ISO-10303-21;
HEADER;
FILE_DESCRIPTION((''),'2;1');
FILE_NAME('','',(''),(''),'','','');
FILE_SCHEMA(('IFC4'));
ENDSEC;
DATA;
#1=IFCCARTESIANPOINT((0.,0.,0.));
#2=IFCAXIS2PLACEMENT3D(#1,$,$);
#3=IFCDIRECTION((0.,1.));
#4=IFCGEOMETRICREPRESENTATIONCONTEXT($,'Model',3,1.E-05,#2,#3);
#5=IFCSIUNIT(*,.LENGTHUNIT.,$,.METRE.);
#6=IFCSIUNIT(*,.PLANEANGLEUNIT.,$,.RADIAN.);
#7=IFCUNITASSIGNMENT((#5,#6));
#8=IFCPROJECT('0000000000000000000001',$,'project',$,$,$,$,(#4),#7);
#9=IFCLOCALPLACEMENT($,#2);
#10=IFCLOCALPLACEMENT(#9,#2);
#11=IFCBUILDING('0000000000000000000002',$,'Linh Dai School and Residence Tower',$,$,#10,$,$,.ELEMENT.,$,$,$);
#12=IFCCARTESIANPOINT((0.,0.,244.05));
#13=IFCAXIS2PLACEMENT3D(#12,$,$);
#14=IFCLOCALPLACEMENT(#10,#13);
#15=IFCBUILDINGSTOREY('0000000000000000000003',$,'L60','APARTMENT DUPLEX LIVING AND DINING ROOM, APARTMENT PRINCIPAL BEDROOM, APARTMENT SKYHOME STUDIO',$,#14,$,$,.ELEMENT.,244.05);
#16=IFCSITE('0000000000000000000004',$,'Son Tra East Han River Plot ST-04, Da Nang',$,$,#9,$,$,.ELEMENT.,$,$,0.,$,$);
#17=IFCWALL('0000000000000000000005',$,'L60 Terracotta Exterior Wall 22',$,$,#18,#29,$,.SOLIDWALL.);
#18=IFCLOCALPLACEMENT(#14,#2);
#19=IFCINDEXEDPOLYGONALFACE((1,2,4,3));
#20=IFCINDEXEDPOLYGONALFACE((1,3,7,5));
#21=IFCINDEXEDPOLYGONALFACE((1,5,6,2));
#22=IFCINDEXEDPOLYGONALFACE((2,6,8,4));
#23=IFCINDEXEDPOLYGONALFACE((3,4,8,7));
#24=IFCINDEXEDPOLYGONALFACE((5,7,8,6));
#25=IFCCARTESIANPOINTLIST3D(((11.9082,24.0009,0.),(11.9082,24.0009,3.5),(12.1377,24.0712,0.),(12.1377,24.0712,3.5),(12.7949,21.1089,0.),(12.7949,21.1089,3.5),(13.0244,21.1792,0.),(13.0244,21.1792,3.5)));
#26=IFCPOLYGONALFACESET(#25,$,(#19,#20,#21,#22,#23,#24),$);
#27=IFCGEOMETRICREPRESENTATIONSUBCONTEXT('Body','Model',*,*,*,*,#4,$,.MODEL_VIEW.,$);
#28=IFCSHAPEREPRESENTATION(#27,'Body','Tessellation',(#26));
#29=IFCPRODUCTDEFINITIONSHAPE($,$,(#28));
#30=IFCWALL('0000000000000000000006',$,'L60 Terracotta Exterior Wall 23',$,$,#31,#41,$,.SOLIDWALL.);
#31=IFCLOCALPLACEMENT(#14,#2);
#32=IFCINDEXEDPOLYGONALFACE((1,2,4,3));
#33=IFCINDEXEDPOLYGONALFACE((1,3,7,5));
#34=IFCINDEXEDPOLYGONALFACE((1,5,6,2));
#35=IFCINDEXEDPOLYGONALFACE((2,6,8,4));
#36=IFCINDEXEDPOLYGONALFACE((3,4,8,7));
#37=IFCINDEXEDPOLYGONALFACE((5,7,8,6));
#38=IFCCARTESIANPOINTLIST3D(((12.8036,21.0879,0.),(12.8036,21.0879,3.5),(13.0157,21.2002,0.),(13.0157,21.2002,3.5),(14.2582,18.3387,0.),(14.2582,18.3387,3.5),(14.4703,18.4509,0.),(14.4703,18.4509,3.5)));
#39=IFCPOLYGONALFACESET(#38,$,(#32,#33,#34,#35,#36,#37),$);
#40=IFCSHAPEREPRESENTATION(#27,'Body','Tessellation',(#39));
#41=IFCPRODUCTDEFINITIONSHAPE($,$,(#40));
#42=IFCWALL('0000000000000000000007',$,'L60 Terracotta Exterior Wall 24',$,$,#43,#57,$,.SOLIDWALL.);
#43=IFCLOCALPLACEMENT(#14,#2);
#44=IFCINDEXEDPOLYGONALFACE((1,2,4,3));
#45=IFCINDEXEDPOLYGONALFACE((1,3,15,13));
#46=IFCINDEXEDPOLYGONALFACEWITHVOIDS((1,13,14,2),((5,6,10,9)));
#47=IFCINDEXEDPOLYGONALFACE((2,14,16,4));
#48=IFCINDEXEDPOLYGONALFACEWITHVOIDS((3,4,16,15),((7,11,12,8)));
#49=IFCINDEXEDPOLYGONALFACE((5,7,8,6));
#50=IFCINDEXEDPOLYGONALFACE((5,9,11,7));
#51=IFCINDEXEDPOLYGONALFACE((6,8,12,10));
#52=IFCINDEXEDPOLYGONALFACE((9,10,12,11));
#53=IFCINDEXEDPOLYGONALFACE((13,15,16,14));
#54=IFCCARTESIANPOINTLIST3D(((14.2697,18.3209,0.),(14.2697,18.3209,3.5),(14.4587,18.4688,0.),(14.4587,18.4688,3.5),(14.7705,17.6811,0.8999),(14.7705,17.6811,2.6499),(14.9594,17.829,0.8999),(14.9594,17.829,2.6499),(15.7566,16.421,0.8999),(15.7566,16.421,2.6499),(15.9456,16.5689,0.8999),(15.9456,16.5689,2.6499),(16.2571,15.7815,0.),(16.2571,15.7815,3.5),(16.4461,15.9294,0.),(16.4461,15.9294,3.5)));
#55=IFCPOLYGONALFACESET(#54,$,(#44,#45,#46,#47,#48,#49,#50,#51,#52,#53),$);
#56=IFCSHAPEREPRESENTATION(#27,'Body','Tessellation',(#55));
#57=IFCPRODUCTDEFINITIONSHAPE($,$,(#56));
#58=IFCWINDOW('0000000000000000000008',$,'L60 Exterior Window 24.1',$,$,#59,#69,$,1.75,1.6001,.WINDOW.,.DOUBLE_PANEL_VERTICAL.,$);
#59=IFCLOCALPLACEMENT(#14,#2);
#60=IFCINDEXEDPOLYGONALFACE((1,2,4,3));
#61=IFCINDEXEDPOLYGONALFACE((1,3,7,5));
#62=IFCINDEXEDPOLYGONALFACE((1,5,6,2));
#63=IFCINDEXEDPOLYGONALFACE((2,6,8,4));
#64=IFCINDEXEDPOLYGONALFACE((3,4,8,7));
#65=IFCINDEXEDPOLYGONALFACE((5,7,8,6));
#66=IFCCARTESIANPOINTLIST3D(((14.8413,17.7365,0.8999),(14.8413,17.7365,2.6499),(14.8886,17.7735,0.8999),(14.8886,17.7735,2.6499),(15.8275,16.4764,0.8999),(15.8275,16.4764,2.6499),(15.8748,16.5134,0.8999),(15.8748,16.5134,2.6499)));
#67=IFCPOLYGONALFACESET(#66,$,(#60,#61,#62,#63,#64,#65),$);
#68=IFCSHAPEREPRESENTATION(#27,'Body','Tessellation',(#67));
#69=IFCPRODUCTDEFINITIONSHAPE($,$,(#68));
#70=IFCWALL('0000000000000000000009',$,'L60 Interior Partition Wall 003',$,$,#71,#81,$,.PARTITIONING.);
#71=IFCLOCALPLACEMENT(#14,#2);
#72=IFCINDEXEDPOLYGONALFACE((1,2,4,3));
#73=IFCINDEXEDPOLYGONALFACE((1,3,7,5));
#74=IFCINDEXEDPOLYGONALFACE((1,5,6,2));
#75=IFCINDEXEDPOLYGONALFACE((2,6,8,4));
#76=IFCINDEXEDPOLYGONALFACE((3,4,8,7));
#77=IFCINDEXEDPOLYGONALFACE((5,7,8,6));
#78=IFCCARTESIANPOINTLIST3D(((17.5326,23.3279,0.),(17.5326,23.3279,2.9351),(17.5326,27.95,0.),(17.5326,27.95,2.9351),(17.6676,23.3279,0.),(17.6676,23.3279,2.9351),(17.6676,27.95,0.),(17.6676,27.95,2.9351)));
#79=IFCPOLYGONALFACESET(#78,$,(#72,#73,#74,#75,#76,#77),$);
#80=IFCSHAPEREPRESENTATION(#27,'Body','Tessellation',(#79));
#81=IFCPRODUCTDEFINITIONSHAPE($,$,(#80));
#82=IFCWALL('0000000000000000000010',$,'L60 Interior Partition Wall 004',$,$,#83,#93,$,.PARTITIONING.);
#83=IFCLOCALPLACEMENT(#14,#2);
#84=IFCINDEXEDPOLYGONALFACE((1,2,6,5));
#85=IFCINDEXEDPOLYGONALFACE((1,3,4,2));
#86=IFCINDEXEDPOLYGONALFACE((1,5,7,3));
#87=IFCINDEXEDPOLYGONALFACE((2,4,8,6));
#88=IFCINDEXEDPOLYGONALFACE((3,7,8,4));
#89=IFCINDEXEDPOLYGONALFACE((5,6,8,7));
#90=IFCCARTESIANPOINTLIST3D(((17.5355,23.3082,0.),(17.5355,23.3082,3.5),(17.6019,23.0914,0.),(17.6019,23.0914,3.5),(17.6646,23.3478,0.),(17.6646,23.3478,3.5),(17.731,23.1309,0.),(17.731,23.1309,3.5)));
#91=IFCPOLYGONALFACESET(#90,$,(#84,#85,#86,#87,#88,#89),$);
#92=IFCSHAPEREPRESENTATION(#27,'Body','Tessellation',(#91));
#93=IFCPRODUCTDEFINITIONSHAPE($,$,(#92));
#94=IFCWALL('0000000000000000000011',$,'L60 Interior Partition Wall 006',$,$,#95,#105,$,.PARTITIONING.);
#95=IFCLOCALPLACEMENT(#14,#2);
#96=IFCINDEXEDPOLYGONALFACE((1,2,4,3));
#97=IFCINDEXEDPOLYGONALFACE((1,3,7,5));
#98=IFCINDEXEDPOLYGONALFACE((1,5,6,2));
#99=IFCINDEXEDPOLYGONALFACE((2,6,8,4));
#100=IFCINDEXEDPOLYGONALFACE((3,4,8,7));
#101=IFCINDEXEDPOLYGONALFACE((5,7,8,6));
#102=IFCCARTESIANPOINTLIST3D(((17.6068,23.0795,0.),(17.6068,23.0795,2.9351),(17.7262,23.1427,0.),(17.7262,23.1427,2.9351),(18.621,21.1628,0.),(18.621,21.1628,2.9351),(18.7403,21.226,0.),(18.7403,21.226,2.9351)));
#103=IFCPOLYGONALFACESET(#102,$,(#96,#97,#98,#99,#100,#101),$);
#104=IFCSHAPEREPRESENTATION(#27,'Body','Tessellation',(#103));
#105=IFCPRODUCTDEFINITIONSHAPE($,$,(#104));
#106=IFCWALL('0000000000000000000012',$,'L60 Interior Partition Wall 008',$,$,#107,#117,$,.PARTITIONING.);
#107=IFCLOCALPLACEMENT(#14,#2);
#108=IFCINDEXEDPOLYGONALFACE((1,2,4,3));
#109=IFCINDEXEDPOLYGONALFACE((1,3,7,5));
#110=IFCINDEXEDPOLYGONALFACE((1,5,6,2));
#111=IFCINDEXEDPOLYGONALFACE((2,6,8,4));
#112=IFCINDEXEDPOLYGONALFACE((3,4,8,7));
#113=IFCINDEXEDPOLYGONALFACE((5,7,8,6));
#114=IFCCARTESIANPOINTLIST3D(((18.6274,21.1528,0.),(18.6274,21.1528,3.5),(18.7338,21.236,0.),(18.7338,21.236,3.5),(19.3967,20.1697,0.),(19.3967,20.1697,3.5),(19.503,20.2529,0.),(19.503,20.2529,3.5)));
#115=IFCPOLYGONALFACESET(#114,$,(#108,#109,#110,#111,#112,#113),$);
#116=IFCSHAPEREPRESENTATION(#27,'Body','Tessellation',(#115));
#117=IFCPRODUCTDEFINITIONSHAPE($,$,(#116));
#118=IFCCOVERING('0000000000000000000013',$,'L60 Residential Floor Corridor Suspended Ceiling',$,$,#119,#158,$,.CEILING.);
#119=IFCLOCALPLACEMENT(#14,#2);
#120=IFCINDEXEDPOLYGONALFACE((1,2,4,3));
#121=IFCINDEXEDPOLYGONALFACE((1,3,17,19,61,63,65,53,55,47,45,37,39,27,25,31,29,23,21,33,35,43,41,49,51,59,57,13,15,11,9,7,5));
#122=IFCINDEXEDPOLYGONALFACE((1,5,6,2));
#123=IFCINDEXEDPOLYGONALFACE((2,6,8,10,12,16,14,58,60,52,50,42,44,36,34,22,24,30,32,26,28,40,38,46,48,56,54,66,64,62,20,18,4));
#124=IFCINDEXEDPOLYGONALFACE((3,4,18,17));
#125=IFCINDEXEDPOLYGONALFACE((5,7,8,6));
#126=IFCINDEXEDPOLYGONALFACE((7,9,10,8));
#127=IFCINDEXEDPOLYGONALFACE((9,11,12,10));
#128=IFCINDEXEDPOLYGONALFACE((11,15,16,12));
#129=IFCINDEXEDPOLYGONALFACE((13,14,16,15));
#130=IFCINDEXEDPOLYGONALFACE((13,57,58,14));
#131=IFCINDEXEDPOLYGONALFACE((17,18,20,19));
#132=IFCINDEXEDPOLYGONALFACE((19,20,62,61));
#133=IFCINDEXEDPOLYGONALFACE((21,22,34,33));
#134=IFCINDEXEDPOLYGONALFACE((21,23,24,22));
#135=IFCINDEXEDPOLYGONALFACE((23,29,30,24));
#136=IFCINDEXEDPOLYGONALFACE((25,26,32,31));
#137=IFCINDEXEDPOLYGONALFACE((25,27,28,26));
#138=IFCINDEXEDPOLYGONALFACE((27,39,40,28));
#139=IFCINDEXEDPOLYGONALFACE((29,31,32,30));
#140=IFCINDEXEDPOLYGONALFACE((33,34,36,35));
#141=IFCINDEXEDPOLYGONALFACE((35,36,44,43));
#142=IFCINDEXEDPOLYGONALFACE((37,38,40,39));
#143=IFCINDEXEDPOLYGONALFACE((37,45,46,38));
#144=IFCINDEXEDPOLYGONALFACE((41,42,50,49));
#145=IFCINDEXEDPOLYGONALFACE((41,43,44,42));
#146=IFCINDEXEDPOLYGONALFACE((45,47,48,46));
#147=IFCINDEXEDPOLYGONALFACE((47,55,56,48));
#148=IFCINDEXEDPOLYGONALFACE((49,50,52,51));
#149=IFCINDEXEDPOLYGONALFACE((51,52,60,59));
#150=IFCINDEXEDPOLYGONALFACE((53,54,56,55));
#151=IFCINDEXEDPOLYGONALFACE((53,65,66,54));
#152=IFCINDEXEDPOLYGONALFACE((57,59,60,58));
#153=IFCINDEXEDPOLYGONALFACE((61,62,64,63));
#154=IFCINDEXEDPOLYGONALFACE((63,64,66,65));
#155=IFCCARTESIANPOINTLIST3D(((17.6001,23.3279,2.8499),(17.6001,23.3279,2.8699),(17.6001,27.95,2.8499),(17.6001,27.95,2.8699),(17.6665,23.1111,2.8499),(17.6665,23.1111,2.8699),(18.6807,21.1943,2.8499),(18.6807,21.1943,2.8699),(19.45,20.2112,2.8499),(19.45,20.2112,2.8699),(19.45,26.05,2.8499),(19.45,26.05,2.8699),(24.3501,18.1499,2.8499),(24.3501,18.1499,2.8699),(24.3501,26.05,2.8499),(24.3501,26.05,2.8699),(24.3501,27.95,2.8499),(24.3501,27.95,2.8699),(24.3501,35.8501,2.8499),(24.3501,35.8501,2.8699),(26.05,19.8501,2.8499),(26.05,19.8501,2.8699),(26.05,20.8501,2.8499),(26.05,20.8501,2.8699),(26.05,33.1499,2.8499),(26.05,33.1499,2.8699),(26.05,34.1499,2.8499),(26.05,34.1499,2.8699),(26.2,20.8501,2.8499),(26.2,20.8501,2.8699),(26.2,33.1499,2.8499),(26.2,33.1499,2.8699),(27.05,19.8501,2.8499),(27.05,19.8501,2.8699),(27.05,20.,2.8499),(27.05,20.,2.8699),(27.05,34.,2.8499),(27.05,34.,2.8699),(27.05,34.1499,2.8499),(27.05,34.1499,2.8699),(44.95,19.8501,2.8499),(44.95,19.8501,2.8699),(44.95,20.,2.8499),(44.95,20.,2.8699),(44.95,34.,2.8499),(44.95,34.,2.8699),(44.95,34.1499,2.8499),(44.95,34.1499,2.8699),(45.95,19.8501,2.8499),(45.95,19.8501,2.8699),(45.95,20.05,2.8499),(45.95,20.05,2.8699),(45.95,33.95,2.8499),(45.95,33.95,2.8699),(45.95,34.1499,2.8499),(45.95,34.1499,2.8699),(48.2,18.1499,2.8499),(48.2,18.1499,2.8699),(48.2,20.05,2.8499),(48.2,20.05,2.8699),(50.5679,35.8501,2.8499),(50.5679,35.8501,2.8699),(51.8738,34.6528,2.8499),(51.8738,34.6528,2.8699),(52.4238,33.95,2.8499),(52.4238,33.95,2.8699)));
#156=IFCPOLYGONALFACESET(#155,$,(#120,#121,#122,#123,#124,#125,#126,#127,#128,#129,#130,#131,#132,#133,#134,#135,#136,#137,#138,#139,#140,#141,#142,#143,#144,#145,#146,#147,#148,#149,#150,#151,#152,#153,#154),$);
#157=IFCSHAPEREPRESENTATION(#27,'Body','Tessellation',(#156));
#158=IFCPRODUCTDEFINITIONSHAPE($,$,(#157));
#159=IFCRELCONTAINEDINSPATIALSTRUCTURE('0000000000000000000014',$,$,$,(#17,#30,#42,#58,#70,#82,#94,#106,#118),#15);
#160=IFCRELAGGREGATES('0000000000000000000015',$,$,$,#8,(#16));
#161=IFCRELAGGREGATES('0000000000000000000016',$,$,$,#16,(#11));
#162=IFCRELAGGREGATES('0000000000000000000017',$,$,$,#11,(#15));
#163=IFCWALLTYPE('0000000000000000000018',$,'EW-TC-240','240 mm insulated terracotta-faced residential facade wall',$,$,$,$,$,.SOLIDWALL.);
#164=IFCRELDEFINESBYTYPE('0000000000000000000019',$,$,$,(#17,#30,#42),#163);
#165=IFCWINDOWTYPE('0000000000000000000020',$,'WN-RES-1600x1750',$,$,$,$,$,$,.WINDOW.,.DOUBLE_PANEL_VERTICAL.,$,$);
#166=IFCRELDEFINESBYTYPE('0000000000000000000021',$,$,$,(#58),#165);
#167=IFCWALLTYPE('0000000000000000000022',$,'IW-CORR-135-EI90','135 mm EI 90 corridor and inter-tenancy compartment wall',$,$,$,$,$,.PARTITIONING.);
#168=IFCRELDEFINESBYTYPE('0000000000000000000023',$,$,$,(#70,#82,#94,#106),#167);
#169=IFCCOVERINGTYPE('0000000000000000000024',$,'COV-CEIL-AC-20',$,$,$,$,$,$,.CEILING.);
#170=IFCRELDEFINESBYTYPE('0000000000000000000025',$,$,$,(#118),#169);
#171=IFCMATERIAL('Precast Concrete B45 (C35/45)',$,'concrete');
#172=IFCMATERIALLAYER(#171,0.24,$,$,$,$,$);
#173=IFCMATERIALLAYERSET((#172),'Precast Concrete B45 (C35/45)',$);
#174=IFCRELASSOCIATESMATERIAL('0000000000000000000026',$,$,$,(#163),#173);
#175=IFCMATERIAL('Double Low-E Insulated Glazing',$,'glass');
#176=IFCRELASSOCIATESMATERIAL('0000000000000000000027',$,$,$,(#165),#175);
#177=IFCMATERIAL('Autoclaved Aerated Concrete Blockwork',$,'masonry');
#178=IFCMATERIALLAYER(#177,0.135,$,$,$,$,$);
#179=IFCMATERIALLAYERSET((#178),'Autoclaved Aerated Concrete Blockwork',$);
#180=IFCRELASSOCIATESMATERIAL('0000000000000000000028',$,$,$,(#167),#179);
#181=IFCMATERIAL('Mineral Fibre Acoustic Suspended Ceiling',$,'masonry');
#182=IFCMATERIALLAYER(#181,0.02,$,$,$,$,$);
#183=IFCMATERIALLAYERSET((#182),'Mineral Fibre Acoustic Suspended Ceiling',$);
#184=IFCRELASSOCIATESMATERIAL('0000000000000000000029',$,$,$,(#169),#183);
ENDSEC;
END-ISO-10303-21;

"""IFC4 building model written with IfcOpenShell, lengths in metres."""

from ifc_helpers import new_model, si_unit, direction, frame, frame_2d, origin, origin_2d, place, context, subcontext, project, spatial, polyline, rectangle, outline, extrude, source, transform, mapped, material, layer, layer_set, type_object, element, fill, save


model = new_model("IFC4")

# Units and contexts
model_context = context("Model", 3, precision=1e-05, world=origin(), true_north=direction((0.0, 1.0)))
body_context = subcontext(model_context, "Body", "Model", "MODEL_VIEW")
ifc_project = project(units=[si_unit("LENGTHUNIT", "METRE"), si_unit("PLANEANGLEUNIT", "RADIAN")], contexts=[model_context])

# Site, building, storey
site_placement = place(None, origin())
site = spatial("IfcSite", under=ifc_project, at=site_placement, Name="Son Tra East Han River Plot ST-04, Da Nang", CompositionType="ELEMENT", RefElevation=0.0)
building_placement = place(site_placement, origin())
building = spatial("IfcBuilding", under=site, at=building_placement, Name="Linh Dai School and Residence Tower", CompositionType="ELEMENT")
storey_placement = place(building_placement, frame((0.0, 0.0, 244.05)))
storey = spatial("IfcBuildingStorey", under=building, at=storey_placement, Name="L60", Description="APARTMENT DUPLEX LIVING AND DINING ROOM, APARTMENT PRINCIPAL BEDROOM, APARTMENT SKYHOME STUDIO", CompositionType="ELEMENT", Elevation=244.05)

# Shared definitions
ifc_material_1 = material(Name="Precast Concrete B45 (C35/45)", Category="concrete")

# Walls
ifc_layer_1 = layer(ifc_material_1, 0.24)
ifc_layer_set_1 = layer_set([ifc_layer_1], Name="Precast Concrete B45 (C35/45)")
wall_type_1 = type_object("IfcWallType", Name="EW-TC-240", Description="240 mm insulated terracotta-faced residential facade wall", PredefinedType="SOLIDWALL", material=ifc_layer_set_1)
wall_1_placement = place(storey_placement, frame((12.9097, 21.144, 0.0), z_axis=(0.0, 0.0, 1.0), x_axis=(-0.293133, 0.956072, 0.0)))
element("IfcWall", 1, at=wall_1_placement, inside=storey, type_object=wall_type_1, Name="L60 Terracotta Exterior Wall 22", PredefinedType="SOLIDWALL", context=body_context, shape_type="SweptSolid", body=[
    extrude(rectangle(XDim=3.0249, YDim=0.24, at=frame_2d((1.5125, 0.0))), origin(), (0.0, 0.0, 1.0), 3.5),
])
wall_2_placement = place(storey_placement, frame((14.3643, 18.3948, 0.0), z_axis=(0.0, 0.0, 1.0), x_axis=(-0.46766, 0.883908, 0.0)))
element("IfcWall", 2, at=wall_2_placement, inside=storey, type_object=wall_type_1, Name="L60 Terracotta Exterior Wall 23", PredefinedType="SOLIDWALL", context=body_context, shape_type="SweptSolid", body=[
    extrude(rectangle(XDim=3.1104, YDim=0.24, at=frame_2d((1.5552, 0.0))), origin(), (0.0, 0.0, 1.0), 3.5),
])

# Wall, opening, window
wall_3_placement = place(storey_placement, frame((16.3516, 15.8555, 0.0), z_axis=(0.0, 0.0, 1.0), x_axis=(-0.616312, 0.787502, 0.0)))
wall_3 = element("IfcWall", 3, at=wall_3_placement, inside=storey, type_object=wall_type_1, Name="L60 Terracotta Exterior Wall 24", PredefinedType="SOLIDWALL", context=body_context, shape_type="SweptSolid", body=[
    extrude(rectangle(XDim=3.2246, YDim=0.24, at=frame_2d((1.6123, 0.0))), origin(), (0.0, 0.0, 1.0), 3.5),
])
opening_placement = place(wall_3_placement, frame((0.812, 0.0, 0.8999)))
opening = element("IfcOpeningElement", 4, at=opening_placement, cuts=wall_3, PredefinedType="OPENING", context=body_context, shape_type="SweptSolid", body=[
    extrude(rectangle(XDim=1.6001, YDim=1.75, at=origin_2d()), frame((0.8, 0.1299, 0.875), z_axis=(0.0, -1.0, 0.0), x_axis=(1.0, 0.0, 0.0)), (0.0, 0.0, 1.0), 0.26),
])
ifc_material_2 = material(Name="Double Low-E Insulated Glazing", Category="glass")
window_type = type_object("IfcWindowType", Name="WN-RES-1600x1750", PartitioningType="DOUBLE_PANEL_VERTICAL", PredefinedType="WINDOW", material=ifc_material_2)
shared_shape_1 = source(origin(), body_context, "Body", "SweptSolid", [
    extrude(rectangle(XDim=1.6001, YDim=1.75, at=origin_2d()), frame((0.8, 0.03, 0.875), z_axis=(0.0, -1.0, 0.0), x_axis=(1.0, 0.0, 0.0)), (0.0, 0.0, 1.0), 0.0601),
])
window_placement = place(opening_placement, origin())
window = element("IfcWindow", 5, at=window_placement, inside=storey, type_object=window_type, Name="L60 Exterior Window 24.1", OverallHeight=1.75, OverallWidth=1.6001, PartitioningType="DOUBLE_PANEL_VERTICAL", PredefinedType="WINDOW", context=body_context, shape_type="MappedRepresentation", body=[
    mapped(shared_shape_1, transform((0.0, 0.0, 0.0), x_axis=(1.0, 0.0, 0.0), y_axis=(0.0, 1.0, 0.0), z_axis=(0.0, 0.0, 1.0), scale=1.0)),
])
fill(opening, window)

# Walls
ifc_material_3 = material(Name="Autoclaved Aerated Concrete Blockwork", Category="masonry")
ifc_layer_2 = layer(ifc_material_3, 0.135)
ifc_layer_set_2 = layer_set([ifc_layer_2], Name="Autoclaved Aerated Concrete Blockwork")
wall_type_2 = type_object("IfcWallType", Name="IW-CORR-135-EI90", Description="135 mm EI 90 corridor and inter-tenancy compartment wall", PredefinedType="PARTITIONING", material=ifc_layer_set_2)
wall_4_placement = place(storey_placement, frame((17.6001, 23.3279, 0.0), z_axis=(0.0, 0.0, 1.0), x_axis=(0.0, 1.0, 0.0)))
element("IfcWall", 6, at=wall_4_placement, inside=storey, type_object=wall_type_2, Name="L60 Interior Partition Wall 003", PredefinedType="PARTITIONING", context=body_context, shape_type="SweptSolid", body=[
    extrude(rectangle(XDim=4.6221, YDim=0.135, at=frame_2d((2.311, 0.0))), origin(), (0.0, 0.0, 1.0), 2.9351),
])
wall_5_placement = place(storey_placement, frame((17.6001, 23.3279, 0.0), z_axis=(0.0, 0.0, 1.0), x_axis=(0.292875, -0.956151, 0.0)))
element("IfcWall", 7, at=wall_5_placement, inside=storey, type_object=wall_type_2, Name="L60 Interior Partition Wall 004", PredefinedType="PARTITIONING", context=body_context, shape_type="SweptSolid", body=[
    extrude(rectangle(XDim=0.2268, YDim=0.135, at=frame_2d((0.1133, 0.0))), origin(), (0.0, 0.0, 1.0), 3.5),
])
wall_6_placement = place(storey_placement, frame((17.6665, 23.1111, 0.0), z_axis=(0.0, 0.0, 1.0), x_axis=(0.467676, -0.8839, 0.0)))
element("IfcWall", 8, at=wall_6_placement, inside=storey, type_object=wall_type_2, Name="L60 Interior Partition Wall 006", PredefinedType="PARTITIONING", context=body_context, shape_type="SweptSolid", body=[
    extrude(rectangle(XDim=2.1685, YDim=0.135, at=frame_2d((1.0842, 0.0))), origin(), (0.0, 0.0, 1.0), 2.9351),
])
wall_7_placement = place(storey_placement, frame((18.6807, 21.1943, 0.0), z_axis=(0.0, 0.0, 1.0), x_axis=(0.61624, -0.787559, 0.0)))
element("IfcWall", 9, at=wall_7_placement, inside=storey, type_object=wall_type_2, Name="L60 Interior Partition Wall 008", PredefinedType="PARTITIONING", context=body_context, shape_type="SweptSolid", body=[
    extrude(rectangle(XDim=1.2483, YDim=0.135, at=frame_2d((0.624, 0.0))), origin(), (0.0, 0.0, 1.0), 3.5),
])

# Covering
ifc_material_4 = material(Name="Mineral Fibre Acoustic Suspended Ceiling", Category="masonry")
ifc_layer_3 = layer(ifc_material_4, 0.02)
ifc_layer_set_3 = layer_set([ifc_layer_3], Name="Mineral Fibre Acoustic Suspended Ceiling")
covering_type_1 = type_object("IfcCoveringType", Name="COV-CEIL-AC-20", PredefinedType="CEILING", material=ifc_layer_set_3)
covering_1_placement = place(storey_placement, frame((0.0, 0.0, 2.8499)))
element("IfcCovering", 10, at=covering_1_placement, inside=storey, type_object=covering_type_1, Name="L60 Residential Floor Corridor Suspended Ceiling", PredefinedType="CEILING", context=body_context, shape_type="SweptSolid", body=[
    extrude(outline(polyline([(19.45, 20.2112), (18.6807, 21.1943), (17.6665, 23.1111), (17.6001, 23.3279), (17.6001, 27.95), (24.3501, 27.95), (24.3501, 35.8501), (50.5679, 35.8501), (51.8738, 34.6528), (52.4238, 33.95), (45.95, 33.95), (45.95, 34.1499), (44.95, 34.1499), (44.95, 34.0), (27.05, 34.0), (27.05, 34.1499), (26.05, 34.1499), (26.05, 33.1499), (26.2, 33.1499), (26.2, 20.8501), (26.05, 20.8501), (26.05, 19.8501), (27.05, 19.8501), (27.05, 20.0), (44.95, 20.0), (44.95, 19.8501), (45.95, 19.8501), (45.95, 20.05), (48.2, 20.05), (48.2, 18.1499), (24.3501, 18.1499), (24.3501, 26.05), (19.45, 26.05), (19.45, 20.2112)])), origin(), (0.0, 0.0, 1.0), 0.02),
])

save(model, "model.ifc")
